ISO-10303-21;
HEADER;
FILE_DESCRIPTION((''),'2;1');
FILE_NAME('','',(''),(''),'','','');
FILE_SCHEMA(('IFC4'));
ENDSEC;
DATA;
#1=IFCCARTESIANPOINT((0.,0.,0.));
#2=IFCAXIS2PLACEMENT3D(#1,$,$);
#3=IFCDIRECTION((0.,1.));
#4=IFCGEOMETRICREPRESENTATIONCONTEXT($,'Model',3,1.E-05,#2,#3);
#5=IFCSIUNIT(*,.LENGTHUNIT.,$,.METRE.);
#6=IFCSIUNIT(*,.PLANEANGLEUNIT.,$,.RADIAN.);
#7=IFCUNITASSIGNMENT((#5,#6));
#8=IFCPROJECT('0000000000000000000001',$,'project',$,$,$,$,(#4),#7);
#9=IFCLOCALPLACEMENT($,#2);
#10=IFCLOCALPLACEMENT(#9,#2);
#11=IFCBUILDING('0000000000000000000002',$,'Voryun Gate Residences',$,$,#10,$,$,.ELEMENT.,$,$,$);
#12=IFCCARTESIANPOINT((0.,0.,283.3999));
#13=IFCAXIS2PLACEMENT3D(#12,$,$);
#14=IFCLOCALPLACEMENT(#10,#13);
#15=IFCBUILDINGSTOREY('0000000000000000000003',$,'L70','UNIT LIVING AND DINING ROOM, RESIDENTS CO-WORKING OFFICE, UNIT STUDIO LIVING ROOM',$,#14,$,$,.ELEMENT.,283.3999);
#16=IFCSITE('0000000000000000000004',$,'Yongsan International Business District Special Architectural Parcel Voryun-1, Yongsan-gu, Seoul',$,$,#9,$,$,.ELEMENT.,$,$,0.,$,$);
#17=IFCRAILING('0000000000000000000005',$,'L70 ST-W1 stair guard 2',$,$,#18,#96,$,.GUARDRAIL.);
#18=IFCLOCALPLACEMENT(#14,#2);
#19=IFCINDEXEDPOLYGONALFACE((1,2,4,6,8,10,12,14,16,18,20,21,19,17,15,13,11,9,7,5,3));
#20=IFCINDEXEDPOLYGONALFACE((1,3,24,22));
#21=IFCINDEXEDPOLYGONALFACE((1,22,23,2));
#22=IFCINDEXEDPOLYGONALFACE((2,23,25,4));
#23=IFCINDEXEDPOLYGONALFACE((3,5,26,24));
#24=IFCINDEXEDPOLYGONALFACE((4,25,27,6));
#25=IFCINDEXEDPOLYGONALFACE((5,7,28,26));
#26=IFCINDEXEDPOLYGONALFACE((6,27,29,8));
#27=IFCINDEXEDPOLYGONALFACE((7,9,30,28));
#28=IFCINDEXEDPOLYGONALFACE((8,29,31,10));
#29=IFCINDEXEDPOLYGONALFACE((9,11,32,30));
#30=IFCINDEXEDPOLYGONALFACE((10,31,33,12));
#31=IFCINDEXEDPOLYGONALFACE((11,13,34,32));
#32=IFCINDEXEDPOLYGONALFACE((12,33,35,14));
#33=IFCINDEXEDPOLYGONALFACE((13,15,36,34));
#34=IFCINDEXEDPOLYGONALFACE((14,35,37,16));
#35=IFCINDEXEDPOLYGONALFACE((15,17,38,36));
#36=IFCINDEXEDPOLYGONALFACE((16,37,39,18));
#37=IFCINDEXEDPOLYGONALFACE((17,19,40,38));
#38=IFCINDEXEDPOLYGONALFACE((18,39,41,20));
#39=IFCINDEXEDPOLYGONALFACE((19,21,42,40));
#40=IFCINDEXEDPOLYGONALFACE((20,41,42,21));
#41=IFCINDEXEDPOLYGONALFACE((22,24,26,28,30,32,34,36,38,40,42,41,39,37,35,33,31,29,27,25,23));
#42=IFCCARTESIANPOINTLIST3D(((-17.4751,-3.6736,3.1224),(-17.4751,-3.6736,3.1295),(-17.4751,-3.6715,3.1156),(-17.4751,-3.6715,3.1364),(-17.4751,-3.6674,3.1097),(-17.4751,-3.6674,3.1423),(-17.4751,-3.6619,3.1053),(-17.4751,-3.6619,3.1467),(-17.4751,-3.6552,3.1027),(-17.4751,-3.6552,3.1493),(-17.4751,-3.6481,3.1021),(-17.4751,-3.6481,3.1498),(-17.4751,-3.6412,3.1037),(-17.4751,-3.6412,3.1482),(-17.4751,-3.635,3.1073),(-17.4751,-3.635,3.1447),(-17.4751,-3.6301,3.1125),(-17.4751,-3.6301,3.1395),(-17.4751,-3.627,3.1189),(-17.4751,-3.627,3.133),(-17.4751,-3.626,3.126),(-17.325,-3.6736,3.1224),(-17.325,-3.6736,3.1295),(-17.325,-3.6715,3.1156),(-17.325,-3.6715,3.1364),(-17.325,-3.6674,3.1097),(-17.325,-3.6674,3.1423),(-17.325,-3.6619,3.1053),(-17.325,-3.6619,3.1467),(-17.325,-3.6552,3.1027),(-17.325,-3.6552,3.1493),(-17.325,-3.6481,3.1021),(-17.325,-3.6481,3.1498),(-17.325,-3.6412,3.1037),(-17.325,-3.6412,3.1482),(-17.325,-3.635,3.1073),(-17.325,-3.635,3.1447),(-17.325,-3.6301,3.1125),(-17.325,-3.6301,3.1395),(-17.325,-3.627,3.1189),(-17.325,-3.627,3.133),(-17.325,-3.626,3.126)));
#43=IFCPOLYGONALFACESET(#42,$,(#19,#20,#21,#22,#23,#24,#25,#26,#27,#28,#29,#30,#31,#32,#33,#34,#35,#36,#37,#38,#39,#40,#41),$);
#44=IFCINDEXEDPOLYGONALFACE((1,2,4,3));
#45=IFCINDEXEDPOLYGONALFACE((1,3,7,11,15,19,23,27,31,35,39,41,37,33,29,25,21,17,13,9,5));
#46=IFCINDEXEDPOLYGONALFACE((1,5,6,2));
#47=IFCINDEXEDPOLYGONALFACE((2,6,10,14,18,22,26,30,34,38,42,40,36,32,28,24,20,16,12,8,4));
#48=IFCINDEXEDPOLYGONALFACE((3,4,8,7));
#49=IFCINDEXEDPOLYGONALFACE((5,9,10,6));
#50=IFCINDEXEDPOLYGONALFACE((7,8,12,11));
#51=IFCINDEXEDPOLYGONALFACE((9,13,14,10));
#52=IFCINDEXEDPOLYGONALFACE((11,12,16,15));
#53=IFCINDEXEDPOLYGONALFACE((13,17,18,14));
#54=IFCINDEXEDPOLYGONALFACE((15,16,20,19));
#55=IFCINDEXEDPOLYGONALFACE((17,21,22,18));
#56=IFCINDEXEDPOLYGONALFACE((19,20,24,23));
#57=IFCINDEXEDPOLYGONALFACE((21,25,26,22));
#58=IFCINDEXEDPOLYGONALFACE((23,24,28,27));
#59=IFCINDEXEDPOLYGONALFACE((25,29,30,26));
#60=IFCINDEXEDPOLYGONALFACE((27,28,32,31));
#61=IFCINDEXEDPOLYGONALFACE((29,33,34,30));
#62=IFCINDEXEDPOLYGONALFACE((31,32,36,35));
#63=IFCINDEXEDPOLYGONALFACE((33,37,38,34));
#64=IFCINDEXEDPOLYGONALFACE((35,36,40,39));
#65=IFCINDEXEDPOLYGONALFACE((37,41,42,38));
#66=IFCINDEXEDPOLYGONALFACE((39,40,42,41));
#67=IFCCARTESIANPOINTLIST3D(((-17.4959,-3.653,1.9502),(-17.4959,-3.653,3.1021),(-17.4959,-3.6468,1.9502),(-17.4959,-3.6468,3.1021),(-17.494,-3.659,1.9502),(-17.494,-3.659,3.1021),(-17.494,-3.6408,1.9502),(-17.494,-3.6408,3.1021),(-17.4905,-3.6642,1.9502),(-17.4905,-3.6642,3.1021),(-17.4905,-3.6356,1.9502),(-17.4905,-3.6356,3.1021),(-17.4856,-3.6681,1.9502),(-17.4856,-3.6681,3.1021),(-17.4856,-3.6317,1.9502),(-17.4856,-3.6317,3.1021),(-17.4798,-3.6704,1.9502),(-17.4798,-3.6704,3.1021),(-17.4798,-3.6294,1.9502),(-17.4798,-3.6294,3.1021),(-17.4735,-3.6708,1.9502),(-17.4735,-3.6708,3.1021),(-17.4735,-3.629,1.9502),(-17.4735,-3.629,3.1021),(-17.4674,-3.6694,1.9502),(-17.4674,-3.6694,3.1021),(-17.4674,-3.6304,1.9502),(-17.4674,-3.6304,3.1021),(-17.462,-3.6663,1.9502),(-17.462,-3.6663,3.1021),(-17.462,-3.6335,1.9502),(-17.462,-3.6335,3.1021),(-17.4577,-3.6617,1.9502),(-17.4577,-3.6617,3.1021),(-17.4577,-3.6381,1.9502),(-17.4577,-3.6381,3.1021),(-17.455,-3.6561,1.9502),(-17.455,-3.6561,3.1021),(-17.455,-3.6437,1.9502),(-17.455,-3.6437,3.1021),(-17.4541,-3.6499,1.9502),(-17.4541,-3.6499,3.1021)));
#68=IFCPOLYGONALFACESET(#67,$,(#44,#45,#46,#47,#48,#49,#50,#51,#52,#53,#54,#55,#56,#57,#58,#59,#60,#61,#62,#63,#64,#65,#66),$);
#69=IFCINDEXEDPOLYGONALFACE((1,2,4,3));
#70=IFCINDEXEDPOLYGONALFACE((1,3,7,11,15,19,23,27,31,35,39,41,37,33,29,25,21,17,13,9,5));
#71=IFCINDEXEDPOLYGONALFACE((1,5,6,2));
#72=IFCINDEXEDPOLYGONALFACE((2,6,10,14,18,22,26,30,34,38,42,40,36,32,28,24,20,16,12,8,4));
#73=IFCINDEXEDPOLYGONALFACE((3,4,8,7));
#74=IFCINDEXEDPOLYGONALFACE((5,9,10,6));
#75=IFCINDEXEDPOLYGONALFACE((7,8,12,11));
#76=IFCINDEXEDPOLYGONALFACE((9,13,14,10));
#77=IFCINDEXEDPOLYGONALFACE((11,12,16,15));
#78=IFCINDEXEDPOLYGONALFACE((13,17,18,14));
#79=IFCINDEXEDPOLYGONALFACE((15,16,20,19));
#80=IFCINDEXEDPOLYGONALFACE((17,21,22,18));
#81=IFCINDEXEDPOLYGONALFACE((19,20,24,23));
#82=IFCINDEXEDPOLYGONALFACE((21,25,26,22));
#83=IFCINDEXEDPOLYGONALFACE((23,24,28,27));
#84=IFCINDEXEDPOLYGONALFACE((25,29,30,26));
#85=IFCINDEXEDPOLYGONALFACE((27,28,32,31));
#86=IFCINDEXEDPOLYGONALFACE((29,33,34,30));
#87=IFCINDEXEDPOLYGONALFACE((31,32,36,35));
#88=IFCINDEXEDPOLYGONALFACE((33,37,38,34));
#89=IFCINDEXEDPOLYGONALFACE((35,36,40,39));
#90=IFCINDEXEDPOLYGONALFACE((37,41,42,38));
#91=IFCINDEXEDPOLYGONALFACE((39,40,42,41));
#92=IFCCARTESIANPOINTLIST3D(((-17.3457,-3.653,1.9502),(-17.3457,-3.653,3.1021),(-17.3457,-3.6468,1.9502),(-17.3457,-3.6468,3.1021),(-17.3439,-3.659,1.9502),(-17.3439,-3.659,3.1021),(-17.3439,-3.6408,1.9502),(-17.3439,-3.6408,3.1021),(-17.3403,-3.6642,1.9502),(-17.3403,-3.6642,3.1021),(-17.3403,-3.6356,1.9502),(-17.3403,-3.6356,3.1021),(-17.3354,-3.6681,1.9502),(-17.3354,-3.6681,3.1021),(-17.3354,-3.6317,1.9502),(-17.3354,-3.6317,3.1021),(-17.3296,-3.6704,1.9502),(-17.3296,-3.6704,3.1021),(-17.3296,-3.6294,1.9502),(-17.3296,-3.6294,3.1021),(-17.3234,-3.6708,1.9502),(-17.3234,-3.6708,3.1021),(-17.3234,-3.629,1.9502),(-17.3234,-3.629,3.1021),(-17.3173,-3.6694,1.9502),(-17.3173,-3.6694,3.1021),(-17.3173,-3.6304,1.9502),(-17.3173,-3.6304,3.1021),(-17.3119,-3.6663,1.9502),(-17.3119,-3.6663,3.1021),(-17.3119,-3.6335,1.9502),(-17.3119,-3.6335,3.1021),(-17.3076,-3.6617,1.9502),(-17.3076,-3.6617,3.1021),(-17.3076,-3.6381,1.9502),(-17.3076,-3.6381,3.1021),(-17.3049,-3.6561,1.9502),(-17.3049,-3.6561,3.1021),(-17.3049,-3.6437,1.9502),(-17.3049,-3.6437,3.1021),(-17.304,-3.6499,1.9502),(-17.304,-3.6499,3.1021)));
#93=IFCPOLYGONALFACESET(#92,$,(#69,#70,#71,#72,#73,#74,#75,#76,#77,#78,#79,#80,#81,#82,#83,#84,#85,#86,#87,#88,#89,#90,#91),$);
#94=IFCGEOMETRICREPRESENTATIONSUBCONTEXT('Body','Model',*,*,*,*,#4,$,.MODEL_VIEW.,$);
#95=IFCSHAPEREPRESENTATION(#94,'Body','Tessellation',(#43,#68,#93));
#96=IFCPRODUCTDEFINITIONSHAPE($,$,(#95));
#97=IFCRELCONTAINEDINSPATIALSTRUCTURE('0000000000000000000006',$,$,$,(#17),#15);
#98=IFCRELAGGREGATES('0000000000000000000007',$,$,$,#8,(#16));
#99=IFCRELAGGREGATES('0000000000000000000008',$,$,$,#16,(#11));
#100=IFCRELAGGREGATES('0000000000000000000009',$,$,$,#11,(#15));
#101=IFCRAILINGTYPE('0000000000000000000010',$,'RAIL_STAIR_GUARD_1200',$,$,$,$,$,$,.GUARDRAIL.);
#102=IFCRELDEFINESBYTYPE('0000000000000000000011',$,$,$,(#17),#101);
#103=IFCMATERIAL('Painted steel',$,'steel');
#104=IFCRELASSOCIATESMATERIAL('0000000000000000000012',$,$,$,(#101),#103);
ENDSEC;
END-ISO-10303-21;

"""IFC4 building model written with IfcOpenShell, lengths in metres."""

from ifc_helpers import new_model, si_unit, direction, frame, origin, origin_2d, place, context, subcontext, project, spatial, circle, extrude, material, type_object, element, save


model = new_model("IFC4")

# Units and contexts
model_context = context("Model", 3, precision=1e-05, world=origin(), true_north=direction((0.0, 1.0)))
body_context = subcontext(model_context, "Body", "Model", "MODEL_VIEW")
ifc_project = project(units=[si_unit("LENGTHUNIT", "METRE"), si_unit("PLANEANGLEUNIT", "RADIAN")], contexts=[model_context])

# Site, building, storey
site_placement = place(None, origin())
site = spatial("IfcSite", under=ifc_project, at=site_placement, Name="Yongsan International Business District Special Architectural Parcel Voryun-1, Yongsan-gu, Seoul", CompositionType="ELEMENT", RefElevation=0.0)
building_placement = place(site_placement, origin())
building = spatial("IfcBuilding", under=site, at=building_placement, Name="Voryun Gate Residences", CompositionType="ELEMENT")
storey_placement = place(building_placement, frame((0.0, 0.0, 283.3999)))
storey = spatial("IfcBuildingStorey", under=building, at=storey_placement, Name="L70", Description="UNIT LIVING AND DINING ROOM, RESIDENTS CO-WORKING OFFICE, UNIT STUDIO LIVING ROOM", CompositionType="ELEMENT", Elevation=283.3999)

# Railing
ifc_material_1 = material(Name="Painted steel", Category="steel")
railing_type_1 = type_object("IfcRailingType", Name="RAIL_STAIR_GUARD_1200", PredefinedType="GUARDRAIL", material=ifc_material_1)
railing_1_placement = place(storey_placement, frame((-17.4751, -3.6499, 1.9502)))
element("IfcRailing", 1, at=railing_1_placement, inside=storey, type_object=railing_type_1, Name="L70 ST-W1 stair guard 2", PredefinedType="GUARDRAIL", context=body_context, shape_type="SweptSolid", body=[
    extrude(circle(Radius=0.0239, at=origin_2d()), frame((0.0, 0.0, 1.1758), z_axis=(1.0, 0.0, 0.0), x_axis=(0.0, 1.0, 0.0)), (0.0, 0.0, 1.0), 0.1501),
    extrude(circle(Radius=0.021, at=origin_2d()), origin(), (0.0, 0.0, 1.0), 1.1519),
    extrude(circle(Radius=0.021, at=origin_2d()), frame((0.1501, 0.0, 0.0)), (0.0, 0.0, 1.0), 1.1519),
])

save(model, "model.ifc")
